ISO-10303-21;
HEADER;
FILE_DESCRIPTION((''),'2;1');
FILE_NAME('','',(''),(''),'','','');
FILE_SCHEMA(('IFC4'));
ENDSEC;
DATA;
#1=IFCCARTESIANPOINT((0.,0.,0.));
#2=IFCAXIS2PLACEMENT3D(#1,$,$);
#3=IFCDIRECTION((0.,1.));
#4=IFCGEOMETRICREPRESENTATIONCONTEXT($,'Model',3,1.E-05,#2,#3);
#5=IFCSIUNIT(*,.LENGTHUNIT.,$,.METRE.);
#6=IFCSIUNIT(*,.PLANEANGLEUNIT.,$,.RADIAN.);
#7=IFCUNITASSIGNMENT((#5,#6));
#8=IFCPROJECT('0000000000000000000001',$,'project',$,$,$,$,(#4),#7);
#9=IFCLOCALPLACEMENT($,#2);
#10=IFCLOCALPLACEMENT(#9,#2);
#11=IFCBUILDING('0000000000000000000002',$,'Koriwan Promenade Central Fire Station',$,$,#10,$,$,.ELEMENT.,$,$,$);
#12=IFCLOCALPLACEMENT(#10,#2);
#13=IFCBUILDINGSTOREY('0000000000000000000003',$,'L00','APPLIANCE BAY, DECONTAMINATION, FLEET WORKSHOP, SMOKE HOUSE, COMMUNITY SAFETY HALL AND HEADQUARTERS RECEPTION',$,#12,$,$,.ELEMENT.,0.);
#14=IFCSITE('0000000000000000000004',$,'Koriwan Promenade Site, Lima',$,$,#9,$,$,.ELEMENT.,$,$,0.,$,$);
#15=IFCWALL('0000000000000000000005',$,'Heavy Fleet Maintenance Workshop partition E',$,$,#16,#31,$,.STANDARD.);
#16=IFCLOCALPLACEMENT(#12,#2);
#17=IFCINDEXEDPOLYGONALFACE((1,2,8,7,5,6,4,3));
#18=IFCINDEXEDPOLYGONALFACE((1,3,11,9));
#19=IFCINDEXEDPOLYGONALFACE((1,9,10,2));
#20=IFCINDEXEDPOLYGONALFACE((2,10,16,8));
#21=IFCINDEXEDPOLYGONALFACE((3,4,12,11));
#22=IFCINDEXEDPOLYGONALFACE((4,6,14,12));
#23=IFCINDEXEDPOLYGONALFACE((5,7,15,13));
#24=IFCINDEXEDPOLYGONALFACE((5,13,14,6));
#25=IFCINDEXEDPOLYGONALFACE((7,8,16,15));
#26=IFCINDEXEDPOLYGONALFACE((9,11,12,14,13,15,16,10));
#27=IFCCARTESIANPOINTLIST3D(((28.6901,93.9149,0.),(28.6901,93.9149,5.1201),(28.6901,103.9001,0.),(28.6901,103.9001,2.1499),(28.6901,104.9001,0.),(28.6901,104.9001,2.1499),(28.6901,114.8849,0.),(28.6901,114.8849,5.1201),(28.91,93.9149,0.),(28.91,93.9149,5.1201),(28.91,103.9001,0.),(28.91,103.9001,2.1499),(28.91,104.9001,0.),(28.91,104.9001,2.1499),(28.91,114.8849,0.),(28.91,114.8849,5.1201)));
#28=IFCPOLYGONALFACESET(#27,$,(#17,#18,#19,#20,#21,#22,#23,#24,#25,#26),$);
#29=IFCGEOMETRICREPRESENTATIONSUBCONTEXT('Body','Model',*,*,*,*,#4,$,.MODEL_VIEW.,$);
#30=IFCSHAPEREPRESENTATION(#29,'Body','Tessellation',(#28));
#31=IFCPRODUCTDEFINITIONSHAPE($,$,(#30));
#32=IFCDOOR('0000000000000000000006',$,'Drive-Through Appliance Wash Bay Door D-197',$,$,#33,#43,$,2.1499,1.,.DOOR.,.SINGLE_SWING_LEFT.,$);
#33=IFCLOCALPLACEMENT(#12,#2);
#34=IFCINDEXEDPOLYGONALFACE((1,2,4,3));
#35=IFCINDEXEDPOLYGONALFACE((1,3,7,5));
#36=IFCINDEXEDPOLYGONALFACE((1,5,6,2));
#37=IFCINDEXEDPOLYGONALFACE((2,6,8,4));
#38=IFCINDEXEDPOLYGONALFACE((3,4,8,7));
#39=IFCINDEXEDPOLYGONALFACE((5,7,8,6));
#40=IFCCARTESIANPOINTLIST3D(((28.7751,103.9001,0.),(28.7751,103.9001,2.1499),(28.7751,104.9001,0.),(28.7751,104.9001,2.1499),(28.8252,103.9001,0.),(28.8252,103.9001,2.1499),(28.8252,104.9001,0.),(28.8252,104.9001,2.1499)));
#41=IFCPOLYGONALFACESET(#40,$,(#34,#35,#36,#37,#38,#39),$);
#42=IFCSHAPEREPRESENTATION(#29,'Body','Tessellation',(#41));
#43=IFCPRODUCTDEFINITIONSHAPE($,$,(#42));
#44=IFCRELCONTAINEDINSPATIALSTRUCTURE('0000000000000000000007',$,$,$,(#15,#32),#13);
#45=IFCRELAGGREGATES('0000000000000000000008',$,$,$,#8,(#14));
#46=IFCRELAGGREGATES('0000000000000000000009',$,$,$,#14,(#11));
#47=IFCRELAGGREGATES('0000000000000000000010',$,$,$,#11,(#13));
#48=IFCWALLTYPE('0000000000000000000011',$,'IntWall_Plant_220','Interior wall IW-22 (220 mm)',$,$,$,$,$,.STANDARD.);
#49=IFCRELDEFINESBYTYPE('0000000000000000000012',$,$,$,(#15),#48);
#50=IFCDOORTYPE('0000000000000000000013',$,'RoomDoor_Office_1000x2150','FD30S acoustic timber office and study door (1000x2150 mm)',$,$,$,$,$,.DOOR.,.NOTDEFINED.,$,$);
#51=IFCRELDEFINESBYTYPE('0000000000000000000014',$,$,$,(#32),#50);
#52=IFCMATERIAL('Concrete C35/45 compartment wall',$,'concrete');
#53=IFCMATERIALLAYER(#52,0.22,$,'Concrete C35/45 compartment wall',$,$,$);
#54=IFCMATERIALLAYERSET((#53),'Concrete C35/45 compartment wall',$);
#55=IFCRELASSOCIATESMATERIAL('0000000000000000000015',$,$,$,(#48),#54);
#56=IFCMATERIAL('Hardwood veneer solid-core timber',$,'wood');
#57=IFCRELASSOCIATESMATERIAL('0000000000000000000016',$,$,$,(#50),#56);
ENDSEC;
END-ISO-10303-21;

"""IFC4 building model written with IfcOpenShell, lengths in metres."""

from ifc_helpers import new_model, si_unit, direction, frame, frame_2d, origin, place, context, subcontext, project, spatial, rectangle, extrude, material, layer, layer_set, type_object, element, fill, save


model = new_model("IFC4")

# Units and contexts
model_context = context("Model", 3, precision=1e-05, world=origin(), true_north=direction((0.0, 1.0)))
body_context = subcontext(model_context, "Body", "Model", "MODEL_VIEW")
ifc_project = project(units=[si_unit("LENGTHUNIT", "METRE"), si_unit("PLANEANGLEUNIT", "RADIAN")], contexts=[model_context])

# Site, building, storey
site_placement = place(None, origin())
site = spatial("IfcSite", under=ifc_project, at=site_placement, Name="Koriwan Promenade Site, Lima", CompositionType="ELEMENT", RefElevation=0.0)
building_placement = place(site_placement, origin())
building = spatial("IfcBuilding", under=site, at=building_placement, Name="Koriwan Promenade Central Fire Station", CompositionType="ELEMENT")
storey_placement = place(building_placement, origin())
storey = spatial("IfcBuildingStorey", under=building, at=storey_placement, Name="L00", Description="APPLIANCE BAY, DECONTAMINATION, FLEET WORKSHOP, SMOKE HOUSE, COMMUNITY SAFETY HALL AND HEADQUARTERS RECEPTION", CompositionType="ELEMENT", Elevation=0.0)

# Wall, opening, door
ifc_material_1 = material(Name="Concrete C35/45 compartment wall", Category="concrete")
ifc_layer_1 = layer(ifc_material_1, 0.22, Name="Concrete C35/45 compartment wall")
ifc_layer_set_1 = layer_set([ifc_layer_1], Name="Concrete C35/45 compartment wall")
wall_type_1 = type_object("IfcWallType", Name="IntWall_Plant_220", Description="Interior wall IW-22 (220 mm)", PredefinedType="STANDARD", material=ifc_layer_set_1)
wall_1_placement = place(storey_placement, frame((28.8, 93.915, 0.0), z_axis=(0.0, 0.0, 1.0), x_axis=(0.0, 1.0, 0.0)))
wall_1 = element("IfcWall", 1, at=wall_1_placement, inside=storey, type_object=wall_type_1, Name="Heavy Fleet Maintenance Workshop partition E", PredefinedType="STANDARD", context=body_context, shape_type="SweptSolid", body=[
    extrude(rectangle(XDim=20.97, YDim=0.22, at=frame_2d((10.4849, 0.0))), origin(), (0.0, 0.0, 1.0), 5.1201),
])
opening_1_placement = place(wall_1_placement, frame((9.9851, 0.0, 0.0)))
opening_1 = element("IfcOpeningElement", 2, at=opening_1_placement, cuts=wall_1, PredefinedType="OPENING", context=body_context, shape_type="SweptSolid", body=[
    extrude(rectangle(XDim=1.0, YDim=2.1499, at=frame_2d((0.5, 1.075))), frame((0.0, 0.1221, 0.0), z_axis=(0.0, -1.0, 0.0), x_axis=(1.0, 0.0, 0.0)), (0.0, 0.0, 1.0), 0.2439),
])
ifc_material_2 = material(Name="Hardwood veneer solid-core timber", Category="wood")
door_type_1 = type_object("IfcDoorType", Name="RoomDoor_Office_1000x2150", Description="FD30S acoustic timber office and study door (1000x2150 mm)", OperationType="NOTDEFINED", PredefinedType="DOOR", material=ifc_material_2)
door_1_placement = place(opening_1_placement, origin())
door_1 = element("IfcDoor", 3, at=door_1_placement, inside=storey, type_object=door_type_1, Name="Drive-Through Appliance Wash Bay Door D-197", OperationType="SINGLE_SWING_LEFT", OverallHeight=2.1499, OverallWidth=1.0, PredefinedType="DOOR", context=body_context, shape_type="SweptSolid", body=[
    extrude(rectangle(XDim=1.0, YDim=2.1499, at=frame_2d((0.5, 1.075))), frame((0.0, 0.0249, 0.0), z_axis=(0.0, -1.0, 0.0), x_axis=(1.0, 0.0, 0.0)), (0.0, 0.0, 1.0), 0.05),
])
fill(opening_1, door_1)

save(model, "model.ifc")
